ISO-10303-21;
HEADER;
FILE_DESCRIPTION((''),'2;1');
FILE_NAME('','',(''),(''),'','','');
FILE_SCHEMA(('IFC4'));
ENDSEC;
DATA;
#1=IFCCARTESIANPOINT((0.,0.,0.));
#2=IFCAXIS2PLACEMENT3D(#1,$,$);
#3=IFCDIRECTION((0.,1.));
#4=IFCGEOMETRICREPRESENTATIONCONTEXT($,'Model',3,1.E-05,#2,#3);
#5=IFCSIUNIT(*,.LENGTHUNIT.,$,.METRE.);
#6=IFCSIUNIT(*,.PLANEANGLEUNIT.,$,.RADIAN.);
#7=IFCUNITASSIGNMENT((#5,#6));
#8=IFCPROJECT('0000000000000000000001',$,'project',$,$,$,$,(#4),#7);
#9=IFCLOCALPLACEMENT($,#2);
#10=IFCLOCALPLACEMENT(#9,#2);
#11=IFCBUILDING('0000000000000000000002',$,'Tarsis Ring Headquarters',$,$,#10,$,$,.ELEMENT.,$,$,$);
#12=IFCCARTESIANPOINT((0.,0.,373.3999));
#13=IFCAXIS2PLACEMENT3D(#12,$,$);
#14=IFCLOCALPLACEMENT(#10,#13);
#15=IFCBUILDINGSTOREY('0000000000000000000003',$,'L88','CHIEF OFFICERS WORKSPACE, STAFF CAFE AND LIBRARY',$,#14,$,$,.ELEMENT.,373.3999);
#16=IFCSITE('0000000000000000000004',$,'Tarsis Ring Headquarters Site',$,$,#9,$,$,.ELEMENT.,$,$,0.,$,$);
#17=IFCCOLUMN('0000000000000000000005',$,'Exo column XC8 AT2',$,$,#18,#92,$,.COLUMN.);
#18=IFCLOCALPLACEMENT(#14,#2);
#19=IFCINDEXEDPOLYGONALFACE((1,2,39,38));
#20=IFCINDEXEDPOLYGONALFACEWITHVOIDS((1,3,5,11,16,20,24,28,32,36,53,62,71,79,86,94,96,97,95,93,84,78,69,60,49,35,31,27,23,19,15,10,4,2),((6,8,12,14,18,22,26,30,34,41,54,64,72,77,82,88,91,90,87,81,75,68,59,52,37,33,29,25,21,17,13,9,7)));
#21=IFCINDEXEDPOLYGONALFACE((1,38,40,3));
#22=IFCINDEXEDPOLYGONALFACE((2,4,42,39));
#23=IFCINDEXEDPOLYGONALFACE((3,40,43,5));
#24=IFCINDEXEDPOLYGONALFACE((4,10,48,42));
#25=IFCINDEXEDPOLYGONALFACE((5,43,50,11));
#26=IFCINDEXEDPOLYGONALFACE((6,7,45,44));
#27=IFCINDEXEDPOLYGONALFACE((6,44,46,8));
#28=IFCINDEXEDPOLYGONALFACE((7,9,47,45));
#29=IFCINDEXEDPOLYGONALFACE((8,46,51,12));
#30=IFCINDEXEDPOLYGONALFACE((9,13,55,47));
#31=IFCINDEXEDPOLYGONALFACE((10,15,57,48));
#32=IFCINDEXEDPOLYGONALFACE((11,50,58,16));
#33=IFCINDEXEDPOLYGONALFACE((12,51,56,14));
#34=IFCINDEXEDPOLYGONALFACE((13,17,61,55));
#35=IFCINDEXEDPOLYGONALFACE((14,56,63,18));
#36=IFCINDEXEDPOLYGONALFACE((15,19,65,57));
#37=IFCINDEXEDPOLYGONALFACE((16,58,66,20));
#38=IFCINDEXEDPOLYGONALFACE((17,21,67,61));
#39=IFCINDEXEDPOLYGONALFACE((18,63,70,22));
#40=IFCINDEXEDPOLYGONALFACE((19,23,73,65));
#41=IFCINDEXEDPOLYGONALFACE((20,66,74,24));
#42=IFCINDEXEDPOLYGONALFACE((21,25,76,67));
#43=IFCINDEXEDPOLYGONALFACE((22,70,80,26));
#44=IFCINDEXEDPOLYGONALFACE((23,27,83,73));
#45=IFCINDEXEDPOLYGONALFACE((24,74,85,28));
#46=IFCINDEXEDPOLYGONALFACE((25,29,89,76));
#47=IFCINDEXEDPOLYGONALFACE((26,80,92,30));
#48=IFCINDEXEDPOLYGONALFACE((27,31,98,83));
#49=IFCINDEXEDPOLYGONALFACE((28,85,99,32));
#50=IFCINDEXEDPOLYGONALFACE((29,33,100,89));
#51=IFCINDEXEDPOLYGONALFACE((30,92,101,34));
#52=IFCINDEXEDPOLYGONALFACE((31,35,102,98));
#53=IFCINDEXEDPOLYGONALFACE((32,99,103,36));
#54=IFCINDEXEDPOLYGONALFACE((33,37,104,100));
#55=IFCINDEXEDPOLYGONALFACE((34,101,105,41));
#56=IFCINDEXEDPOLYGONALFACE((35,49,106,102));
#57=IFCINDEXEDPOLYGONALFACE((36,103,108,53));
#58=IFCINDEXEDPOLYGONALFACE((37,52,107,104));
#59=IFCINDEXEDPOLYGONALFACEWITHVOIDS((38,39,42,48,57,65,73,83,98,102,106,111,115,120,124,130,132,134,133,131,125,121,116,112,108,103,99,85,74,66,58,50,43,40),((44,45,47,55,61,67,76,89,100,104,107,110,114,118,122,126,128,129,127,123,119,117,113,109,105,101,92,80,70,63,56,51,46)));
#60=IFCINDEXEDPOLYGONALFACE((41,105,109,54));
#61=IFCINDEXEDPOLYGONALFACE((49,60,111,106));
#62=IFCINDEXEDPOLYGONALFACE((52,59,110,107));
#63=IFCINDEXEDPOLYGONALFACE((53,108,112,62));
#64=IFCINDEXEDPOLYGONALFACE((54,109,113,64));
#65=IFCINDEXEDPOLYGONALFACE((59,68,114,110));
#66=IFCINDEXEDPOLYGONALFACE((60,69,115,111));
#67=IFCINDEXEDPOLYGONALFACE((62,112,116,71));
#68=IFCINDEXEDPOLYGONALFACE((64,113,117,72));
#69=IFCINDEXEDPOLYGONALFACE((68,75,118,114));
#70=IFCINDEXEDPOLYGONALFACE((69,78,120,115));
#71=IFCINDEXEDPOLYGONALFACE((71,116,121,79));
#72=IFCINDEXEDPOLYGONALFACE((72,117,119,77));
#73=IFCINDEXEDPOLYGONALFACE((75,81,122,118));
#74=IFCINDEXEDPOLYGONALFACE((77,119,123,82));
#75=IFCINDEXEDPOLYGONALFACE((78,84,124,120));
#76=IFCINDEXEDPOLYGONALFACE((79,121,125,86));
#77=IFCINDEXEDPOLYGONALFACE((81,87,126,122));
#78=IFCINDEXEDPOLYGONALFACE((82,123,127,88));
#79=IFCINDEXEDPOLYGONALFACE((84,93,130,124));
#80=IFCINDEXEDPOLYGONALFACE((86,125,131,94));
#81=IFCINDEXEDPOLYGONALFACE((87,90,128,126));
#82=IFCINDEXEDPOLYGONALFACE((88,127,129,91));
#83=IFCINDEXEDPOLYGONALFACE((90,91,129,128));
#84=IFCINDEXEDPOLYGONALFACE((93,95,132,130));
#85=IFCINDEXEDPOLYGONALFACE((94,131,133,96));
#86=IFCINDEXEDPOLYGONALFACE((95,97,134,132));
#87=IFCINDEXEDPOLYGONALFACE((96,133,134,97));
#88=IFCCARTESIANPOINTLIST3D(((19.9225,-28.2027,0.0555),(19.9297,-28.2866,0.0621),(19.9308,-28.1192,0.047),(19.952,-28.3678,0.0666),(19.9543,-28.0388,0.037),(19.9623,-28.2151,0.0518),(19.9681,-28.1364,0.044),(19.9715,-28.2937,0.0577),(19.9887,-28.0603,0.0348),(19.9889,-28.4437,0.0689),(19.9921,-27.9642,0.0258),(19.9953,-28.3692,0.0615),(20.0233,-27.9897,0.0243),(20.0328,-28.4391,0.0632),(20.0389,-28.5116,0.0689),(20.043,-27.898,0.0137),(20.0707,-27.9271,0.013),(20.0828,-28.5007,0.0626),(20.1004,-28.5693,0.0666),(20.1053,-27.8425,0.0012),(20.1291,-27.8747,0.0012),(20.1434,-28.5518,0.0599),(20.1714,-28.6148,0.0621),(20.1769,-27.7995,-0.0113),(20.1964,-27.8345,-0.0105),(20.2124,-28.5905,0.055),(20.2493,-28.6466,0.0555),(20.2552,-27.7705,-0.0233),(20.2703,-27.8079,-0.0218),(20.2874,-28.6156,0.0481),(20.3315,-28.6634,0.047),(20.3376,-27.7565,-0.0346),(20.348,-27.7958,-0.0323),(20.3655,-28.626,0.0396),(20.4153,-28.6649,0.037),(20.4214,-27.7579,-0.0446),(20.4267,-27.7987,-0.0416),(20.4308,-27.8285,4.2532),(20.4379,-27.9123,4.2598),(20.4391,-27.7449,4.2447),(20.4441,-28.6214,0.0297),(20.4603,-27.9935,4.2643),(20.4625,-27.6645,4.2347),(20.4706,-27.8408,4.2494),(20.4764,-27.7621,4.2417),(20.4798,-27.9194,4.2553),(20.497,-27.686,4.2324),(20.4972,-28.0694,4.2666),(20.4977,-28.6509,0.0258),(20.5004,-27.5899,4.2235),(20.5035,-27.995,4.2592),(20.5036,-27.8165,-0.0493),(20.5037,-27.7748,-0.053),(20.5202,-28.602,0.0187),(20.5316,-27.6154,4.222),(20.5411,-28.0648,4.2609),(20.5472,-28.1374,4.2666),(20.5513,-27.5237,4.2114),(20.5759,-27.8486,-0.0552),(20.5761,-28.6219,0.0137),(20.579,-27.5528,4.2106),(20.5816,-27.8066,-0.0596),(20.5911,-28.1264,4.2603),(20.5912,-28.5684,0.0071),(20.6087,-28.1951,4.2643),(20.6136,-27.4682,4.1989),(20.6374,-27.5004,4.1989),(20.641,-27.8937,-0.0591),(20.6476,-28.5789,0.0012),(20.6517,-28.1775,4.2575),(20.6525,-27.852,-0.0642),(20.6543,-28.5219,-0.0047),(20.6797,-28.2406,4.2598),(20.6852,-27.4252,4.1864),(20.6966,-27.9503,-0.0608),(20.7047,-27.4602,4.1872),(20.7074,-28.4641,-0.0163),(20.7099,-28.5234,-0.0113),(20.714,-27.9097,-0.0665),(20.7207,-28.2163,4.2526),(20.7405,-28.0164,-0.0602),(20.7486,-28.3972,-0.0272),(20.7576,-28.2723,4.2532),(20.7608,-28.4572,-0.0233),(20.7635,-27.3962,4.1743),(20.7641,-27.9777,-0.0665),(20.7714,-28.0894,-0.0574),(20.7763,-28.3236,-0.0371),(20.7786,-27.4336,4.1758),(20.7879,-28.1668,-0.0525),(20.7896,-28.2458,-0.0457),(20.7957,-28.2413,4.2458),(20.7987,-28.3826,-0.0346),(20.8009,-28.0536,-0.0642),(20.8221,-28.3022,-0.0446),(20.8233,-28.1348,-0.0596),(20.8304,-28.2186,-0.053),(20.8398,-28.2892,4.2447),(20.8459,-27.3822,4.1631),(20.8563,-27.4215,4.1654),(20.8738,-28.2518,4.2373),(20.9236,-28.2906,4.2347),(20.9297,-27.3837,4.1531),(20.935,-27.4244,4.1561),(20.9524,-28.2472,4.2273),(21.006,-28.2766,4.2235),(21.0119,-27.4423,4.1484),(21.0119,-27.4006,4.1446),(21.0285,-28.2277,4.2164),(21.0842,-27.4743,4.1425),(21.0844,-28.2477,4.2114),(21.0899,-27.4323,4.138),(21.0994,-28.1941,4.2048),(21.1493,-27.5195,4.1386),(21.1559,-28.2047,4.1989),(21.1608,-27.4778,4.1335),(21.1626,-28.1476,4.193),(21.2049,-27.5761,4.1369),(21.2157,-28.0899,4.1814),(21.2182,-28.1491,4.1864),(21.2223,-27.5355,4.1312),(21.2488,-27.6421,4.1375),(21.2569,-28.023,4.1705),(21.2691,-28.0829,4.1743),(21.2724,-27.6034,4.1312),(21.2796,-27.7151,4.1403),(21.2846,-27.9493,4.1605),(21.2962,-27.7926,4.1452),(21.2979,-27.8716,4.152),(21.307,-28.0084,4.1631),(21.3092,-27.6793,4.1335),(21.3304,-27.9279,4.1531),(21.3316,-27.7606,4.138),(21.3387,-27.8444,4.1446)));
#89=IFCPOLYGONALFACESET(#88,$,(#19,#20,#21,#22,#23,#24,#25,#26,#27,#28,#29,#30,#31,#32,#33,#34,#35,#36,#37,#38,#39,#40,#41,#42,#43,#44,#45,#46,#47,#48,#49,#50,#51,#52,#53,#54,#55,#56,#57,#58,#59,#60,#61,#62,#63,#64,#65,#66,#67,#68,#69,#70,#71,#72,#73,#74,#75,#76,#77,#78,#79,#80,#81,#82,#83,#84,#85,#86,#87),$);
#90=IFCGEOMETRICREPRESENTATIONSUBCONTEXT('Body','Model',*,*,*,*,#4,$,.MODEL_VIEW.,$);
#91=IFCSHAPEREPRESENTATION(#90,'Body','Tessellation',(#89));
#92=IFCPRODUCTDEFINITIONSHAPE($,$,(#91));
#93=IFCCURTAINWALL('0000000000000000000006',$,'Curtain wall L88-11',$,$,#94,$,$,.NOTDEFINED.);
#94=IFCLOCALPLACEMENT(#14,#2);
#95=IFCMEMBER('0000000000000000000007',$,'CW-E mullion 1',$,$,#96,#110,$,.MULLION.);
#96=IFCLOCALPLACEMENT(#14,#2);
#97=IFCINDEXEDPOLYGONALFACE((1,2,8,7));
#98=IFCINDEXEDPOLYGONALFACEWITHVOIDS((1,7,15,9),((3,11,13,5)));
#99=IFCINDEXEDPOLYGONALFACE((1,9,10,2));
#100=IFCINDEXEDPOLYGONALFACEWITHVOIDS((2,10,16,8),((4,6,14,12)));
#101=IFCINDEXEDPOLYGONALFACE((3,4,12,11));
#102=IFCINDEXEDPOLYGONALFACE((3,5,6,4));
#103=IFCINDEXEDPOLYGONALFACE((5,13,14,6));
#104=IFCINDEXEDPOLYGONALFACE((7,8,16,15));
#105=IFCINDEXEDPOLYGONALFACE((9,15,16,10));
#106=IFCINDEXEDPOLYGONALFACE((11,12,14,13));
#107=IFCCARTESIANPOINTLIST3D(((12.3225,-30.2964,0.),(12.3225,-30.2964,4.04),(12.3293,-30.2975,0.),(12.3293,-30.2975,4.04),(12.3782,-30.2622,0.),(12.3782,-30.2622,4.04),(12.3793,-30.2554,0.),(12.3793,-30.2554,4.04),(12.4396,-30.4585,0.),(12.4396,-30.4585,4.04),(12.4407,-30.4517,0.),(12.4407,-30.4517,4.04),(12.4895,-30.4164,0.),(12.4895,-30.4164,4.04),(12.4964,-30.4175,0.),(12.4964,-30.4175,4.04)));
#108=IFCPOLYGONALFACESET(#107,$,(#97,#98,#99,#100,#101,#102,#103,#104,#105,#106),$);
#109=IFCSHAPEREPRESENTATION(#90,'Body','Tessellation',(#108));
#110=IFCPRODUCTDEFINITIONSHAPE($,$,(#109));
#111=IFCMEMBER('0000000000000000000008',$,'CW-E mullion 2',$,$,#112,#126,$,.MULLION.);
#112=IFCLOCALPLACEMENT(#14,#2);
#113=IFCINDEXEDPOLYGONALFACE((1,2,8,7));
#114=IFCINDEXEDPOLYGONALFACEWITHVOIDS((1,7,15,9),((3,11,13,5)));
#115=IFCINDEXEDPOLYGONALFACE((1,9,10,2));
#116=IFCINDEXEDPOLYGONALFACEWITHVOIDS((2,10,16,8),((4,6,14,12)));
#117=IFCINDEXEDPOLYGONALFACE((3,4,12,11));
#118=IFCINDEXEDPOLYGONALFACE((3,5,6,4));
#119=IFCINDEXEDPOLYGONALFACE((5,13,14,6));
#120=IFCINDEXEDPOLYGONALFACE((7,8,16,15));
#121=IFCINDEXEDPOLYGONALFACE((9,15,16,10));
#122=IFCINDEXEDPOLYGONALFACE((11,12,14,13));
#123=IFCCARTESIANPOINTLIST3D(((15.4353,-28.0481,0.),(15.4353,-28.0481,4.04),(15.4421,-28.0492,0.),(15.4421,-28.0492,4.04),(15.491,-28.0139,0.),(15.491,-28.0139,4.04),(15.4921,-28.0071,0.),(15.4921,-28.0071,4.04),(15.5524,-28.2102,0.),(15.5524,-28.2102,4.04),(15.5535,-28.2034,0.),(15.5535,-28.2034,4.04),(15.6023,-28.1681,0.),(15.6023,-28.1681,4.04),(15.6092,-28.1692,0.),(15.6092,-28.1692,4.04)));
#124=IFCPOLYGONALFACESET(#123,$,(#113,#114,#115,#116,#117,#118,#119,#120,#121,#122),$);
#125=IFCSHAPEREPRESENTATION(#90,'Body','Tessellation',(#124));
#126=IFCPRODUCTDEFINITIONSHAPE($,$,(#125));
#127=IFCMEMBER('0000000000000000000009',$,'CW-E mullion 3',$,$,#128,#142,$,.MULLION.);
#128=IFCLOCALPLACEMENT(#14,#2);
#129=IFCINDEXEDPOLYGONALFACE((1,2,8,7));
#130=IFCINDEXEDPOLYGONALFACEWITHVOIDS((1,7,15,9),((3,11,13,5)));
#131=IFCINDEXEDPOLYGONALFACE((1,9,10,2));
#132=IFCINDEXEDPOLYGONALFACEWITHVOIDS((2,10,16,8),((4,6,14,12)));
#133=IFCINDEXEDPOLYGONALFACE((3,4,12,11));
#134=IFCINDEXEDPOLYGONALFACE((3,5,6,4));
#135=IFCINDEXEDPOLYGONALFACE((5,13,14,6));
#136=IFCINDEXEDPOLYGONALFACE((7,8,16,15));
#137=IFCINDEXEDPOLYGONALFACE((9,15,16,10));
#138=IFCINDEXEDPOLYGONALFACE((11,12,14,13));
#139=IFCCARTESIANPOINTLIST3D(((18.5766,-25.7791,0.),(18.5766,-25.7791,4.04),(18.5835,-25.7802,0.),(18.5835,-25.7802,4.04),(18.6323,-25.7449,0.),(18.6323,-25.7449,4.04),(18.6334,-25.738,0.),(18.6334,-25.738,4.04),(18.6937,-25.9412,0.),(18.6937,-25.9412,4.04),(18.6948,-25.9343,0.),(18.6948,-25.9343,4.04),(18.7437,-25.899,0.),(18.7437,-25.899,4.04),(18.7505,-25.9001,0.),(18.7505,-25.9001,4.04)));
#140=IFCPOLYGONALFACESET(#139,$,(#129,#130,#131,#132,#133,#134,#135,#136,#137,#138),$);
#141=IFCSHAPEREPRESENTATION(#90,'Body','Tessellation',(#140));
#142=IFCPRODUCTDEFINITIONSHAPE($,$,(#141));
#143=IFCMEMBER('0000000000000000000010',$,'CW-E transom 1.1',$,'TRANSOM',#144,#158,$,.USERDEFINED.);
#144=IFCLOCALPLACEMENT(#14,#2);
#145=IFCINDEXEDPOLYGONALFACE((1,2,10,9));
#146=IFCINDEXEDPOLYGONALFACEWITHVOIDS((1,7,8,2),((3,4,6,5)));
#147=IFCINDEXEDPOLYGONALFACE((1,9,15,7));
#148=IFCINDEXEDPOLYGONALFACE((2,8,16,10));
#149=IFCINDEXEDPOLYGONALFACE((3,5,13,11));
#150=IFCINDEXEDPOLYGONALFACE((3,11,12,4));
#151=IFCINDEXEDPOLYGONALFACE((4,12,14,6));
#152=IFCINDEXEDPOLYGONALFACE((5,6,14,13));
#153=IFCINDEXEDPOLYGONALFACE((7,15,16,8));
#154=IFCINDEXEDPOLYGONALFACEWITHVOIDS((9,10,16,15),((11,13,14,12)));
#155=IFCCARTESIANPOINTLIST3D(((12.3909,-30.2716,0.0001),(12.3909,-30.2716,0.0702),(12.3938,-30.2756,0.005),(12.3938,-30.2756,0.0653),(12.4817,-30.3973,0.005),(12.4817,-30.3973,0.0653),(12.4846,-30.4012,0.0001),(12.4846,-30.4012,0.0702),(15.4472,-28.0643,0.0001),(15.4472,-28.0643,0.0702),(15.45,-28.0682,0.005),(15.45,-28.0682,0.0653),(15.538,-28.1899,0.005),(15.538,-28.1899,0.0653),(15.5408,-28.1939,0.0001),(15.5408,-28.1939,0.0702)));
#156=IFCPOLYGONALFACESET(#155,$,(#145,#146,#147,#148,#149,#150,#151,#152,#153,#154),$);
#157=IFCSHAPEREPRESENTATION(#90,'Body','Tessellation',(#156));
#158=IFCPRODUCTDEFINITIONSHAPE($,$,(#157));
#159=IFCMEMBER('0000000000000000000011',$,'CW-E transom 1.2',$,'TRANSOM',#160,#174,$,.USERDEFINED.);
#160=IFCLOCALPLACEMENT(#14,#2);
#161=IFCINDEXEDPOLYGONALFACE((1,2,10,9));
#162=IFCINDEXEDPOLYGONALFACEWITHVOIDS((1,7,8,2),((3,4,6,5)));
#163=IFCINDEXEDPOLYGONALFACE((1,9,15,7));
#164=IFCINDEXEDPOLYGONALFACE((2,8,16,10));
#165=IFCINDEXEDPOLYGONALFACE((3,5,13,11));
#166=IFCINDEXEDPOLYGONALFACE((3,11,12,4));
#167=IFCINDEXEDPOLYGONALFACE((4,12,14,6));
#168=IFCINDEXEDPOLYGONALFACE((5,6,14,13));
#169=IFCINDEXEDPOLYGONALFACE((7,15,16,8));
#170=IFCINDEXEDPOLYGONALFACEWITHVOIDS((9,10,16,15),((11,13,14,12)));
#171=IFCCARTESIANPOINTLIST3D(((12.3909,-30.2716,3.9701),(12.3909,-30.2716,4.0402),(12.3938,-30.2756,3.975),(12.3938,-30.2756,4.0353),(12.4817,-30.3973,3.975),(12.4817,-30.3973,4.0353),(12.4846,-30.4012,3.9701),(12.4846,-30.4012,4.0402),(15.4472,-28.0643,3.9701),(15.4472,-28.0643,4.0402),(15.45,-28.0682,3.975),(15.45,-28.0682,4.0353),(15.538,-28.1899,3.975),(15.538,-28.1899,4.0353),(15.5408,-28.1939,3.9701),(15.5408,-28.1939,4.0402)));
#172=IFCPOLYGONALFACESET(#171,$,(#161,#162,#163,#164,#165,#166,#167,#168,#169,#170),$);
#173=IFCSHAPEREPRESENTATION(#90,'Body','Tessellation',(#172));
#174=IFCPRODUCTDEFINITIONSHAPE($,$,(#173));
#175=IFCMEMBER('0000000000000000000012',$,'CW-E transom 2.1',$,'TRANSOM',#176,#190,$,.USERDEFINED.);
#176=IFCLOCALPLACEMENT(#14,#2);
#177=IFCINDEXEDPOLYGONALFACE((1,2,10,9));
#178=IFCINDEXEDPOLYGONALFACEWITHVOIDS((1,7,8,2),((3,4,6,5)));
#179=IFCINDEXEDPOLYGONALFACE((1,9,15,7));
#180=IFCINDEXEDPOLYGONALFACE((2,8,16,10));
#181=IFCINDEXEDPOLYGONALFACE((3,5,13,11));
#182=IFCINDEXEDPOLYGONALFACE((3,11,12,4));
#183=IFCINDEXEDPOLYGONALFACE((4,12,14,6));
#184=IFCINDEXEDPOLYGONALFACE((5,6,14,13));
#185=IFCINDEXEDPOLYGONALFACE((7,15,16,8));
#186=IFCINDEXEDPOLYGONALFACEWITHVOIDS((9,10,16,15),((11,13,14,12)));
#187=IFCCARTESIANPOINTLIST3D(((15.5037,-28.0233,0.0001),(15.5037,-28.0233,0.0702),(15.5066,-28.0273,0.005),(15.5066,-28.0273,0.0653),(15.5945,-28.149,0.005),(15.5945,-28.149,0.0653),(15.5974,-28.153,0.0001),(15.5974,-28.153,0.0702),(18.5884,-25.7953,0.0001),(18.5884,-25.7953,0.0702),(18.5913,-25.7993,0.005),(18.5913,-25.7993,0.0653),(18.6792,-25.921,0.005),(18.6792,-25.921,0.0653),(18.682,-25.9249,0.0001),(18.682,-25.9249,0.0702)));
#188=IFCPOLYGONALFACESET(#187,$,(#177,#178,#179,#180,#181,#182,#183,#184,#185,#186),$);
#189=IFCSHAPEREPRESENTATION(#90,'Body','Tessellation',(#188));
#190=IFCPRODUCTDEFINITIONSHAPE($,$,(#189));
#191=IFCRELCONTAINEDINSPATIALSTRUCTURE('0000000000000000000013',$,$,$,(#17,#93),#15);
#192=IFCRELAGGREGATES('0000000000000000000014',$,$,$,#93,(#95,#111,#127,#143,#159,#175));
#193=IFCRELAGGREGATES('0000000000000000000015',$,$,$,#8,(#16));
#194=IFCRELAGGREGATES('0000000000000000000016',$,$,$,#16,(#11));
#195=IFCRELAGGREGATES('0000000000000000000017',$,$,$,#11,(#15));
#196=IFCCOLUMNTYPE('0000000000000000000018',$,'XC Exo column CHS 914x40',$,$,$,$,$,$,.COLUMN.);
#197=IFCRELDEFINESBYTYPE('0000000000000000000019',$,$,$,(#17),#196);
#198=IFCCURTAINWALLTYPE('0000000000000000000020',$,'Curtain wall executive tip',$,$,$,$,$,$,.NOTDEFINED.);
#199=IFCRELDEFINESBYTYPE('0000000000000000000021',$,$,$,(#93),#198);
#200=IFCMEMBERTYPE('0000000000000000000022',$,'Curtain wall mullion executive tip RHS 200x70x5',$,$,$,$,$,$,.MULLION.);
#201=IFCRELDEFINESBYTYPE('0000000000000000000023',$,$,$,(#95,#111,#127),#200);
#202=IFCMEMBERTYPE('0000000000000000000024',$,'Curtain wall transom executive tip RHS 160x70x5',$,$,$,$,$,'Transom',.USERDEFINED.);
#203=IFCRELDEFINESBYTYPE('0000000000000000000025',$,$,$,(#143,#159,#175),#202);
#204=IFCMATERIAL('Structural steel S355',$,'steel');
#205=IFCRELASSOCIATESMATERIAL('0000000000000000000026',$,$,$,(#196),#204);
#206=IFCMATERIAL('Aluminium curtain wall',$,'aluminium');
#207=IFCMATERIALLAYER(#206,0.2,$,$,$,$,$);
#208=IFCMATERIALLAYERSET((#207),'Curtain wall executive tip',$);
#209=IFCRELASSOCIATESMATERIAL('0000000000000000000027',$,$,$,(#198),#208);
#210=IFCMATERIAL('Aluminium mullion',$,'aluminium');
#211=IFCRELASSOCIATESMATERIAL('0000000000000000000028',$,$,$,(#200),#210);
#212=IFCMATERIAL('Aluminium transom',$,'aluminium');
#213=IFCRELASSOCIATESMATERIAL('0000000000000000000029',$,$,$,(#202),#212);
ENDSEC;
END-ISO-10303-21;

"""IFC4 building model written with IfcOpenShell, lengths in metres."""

from ifc_helpers import new_model, si_unit, direction, frame, origin, origin_2d, place, context, subcontext, project, spatial, hollow_rectangle, hollow_circle, extrude, material, layer, layer_set, material_profile, profile_set, type_object, element, aggregate, save


model = new_model("IFC4")

# Units and contexts
model_context = context("Model", 3, precision=1e-05, world=origin(), true_north=direction((0.0, 1.0)))
body_context = subcontext(model_context, "Body", "Model", "MODEL_VIEW")
ifc_project = project(units=[si_unit("LENGTHUNIT", "METRE"), si_unit("PLANEANGLEUNIT", "RADIAN")], contexts=[model_context])

# Site, building, storey
site_placement = place(None, origin())
site = spatial("IfcSite", under=ifc_project, at=site_placement, Name="Tarsis Ring Headquarters Site", CompositionType="ELEMENT", RefElevation=0.0)
building_placement = place(site_placement, origin())
building = spatial("IfcBuilding", under=site, at=building_placement, Name="Tarsis Ring Headquarters", CompositionType="ELEMENT")
storey_placement = place(building_placement, frame((0.0, 0.0, 373.3999)))
storey = spatial("IfcBuildingStorey", under=building, at=storey_placement, Name="L88", Description="CHIEF OFFICERS WORKSPACE, STAFF CAFE AND LIBRARY", CompositionType="ELEMENT", Elevation=373.3999)

# Column
ifc_material_1 = material(Name="Structural steel S355", Category="steel")
ifc_material_profile_1 = material_profile(ifc_material_1, hollow_circle(Radius=0.457, WallThickness=0.04, at=origin_2d()), Name="CHS 914x40")
ifc_profile_set_1 = profile_set([ifc_material_profile_1], Name="Structural steel S355")
column_type = type_object("IfcColumnType", Name="XC Exo column CHS 914x40", PredefinedType="COLUMN", material=ifc_profile_set_1)
column_placement = place(storey_placement, frame((20.3765, -28.2107, 0.0012), z_axis=(0.119743, 0.088168, 0.988882), x_axis=(-0.592922, 0.80526, 0.0)))
element("IfcColumn", 1, at=column_placement, inside=storey, type_object=column_type, Name="Exo column XC8 AT2", PredefinedType="COLUMN", context=body_context, shape_type="SweptSolid", body=[
    extrude(hollow_circle(Radius=0.4573, WallThickness=0.04, at=origin_2d()), origin(), (0.0, 0.0, 1.0), 4.2449),
])

# Curtain wall, members
ifc_material_2 = material(Name="Aluminium curtain wall", Category="aluminium")
ifc_layer_1 = layer(ifc_material_2, 0.2)
ifc_layer_set_1 = layer_set([ifc_layer_1], Name="Curtain wall executive tip")
curtain_wall_type = type_object("IfcCurtainWallType", Name="Curtain wall executive tip", PredefinedType="NOTDEFINED", material=ifc_layer_set_1)
curtain_wall_placement = place(storey_placement, origin())
curtain_wall = element("IfcCurtainWall", 2, at=curtain_wall_placement, inside=storey, type_object=curtain_wall_type, Name="Curtain wall L88-11", PredefinedType="NOTDEFINED")
ifc_material_3 = material(Name="Aluminium mullion", Category="aluminium")
ifc_material_profile_2 = material_profile(ifc_material_3, hollow_rectangle(XDim=0.2, YDim=0.0701, WallThickness=0.0049, at=origin_2d()), Name="RHS 200x70x5")
ifc_profile_set_2 = profile_set([ifc_material_profile_2], Name="Aluminium mullion")
member_type_1 = type_object("IfcMemberType", Name="Curtain wall mullion executive tip RHS 200x70x5", PredefinedType="MULLION", material=ifc_profile_set_2)
member_1_placement = place(storey_placement, frame((12.4094, -30.3569, 0.0), z_axis=(0.0, 0.0, 1.0), x_axis=(-0.585524, 0.810655, 0.0)))
member_1 = element("IfcMember", 3, at=member_1_placement, type_object=member_type_1, Name="CW-E mullion 1", PredefinedType="MULLION", context=body_context, shape_type="SweptSolid", body=[
    extrude(hollow_rectangle(XDim=0.2, YDim=0.0701, WallThickness=0.0049, at=origin_2d()), origin(), (0.0, 0.0, 1.0), 4.04),
])
member_2_placement = place(storey_placement, frame((15.5222, -28.1086, 0.0), z_axis=(0.0, 0.0, 1.0), x_axis=(-0.585524, 0.810655, 0.0)))
member_2 = element("IfcMember", 4, at=member_2_placement, type_object=member_type_1, Name="CW-E mullion 2", PredefinedType="MULLION", context=body_context, shape_type="SweptSolid", body=[
    extrude(hollow_rectangle(XDim=0.2, YDim=0.0701, WallThickness=0.0049, at=origin_2d()), origin(), (0.0, 0.0, 1.0), 4.04),
])
member_3_placement = place(storey_placement, frame((18.6636, -25.8396, 0.0), z_axis=(0.0, 0.0, 1.0), x_axis=(-0.585524, 0.810655, 0.0)))
member_3 = element("IfcMember", 5, at=member_3_placement, type_object=member_type_1, Name="CW-E mullion 3", PredefinedType="MULLION", context=body_context, shape_type="SweptSolid", body=[
    extrude(hollow_rectangle(XDim=0.2, YDim=0.0701, WallThickness=0.0049, at=origin_2d()), origin(), (0.0, 0.0, 1.0), 4.04),
])
ifc_material_4 = material(Name="Aluminium transom", Category="aluminium")
ifc_material_profile_3 = material_profile(ifc_material_4, hollow_rectangle(XDim=0.1599, YDim=0.0701, WallThickness=0.0049, at=origin_2d()), Name="RHS 160x70x5")
ifc_profile_set_3 = profile_set([ifc_material_profile_3], Name="Aluminium transom")
member_type_2 = type_object("IfcMemberType", Name="Curtain wall transom executive tip RHS 160x70x5", ElementType="Transom", PredefinedType="USERDEFINED", material=ifc_profile_set_3)
member_4_placement = place(storey_placement, frame((12.4377, -30.3364, 0.0352), z_axis=(0.810672, 0.5855, 0.0), x_axis=(-0.5855, 0.810672, 0.0)))
member_4 = element("IfcMember", 6, at=member_4_placement, type_object=member_type_2, Name="CW-E transom 1.1", ObjectType="TRANSOM", PredefinedType="USERDEFINED", context=body_context, shape_type="SweptSolid", body=[
    extrude(hollow_rectangle(XDim=0.1599, YDim=0.0701, WallThickness=0.0049, at=origin_2d()), origin(), (0.0, 0.0, 1.0), 3.77),
])
member_5_placement = place(storey_placement, frame((12.4377, -30.3364, 4.0051), z_axis=(0.810672, 0.5855, 0.0), x_axis=(-0.5855, 0.810672, 0.0)))
member_5 = element("IfcMember", 7, at=member_5_placement, type_object=member_type_2, Name="CW-E transom 1.2", ObjectType="TRANSOM", PredefinedType="USERDEFINED", context=body_context, shape_type="SweptSolid", body=[
    extrude(hollow_rectangle(XDim=0.1599, YDim=0.0701, WallThickness=0.0049, at=origin_2d()), origin(), (0.0, 0.0, 1.0), 3.77),
])
member_6_placement = place(storey_placement, frame((15.5505, -28.0881, 0.0352), z_axis=(0.810657, 0.585521, 0.0), x_axis=(-0.585521, 0.810657, 0.0)))
member_6 = element("IfcMember", 8, at=member_6_placement, type_object=member_type_2, Name="CW-E transom 2.1", ObjectType="TRANSOM", PredefinedType="USERDEFINED", context=body_context, shape_type="SweptSolid", body=[
    extrude(hollow_rectangle(XDim=0.1599, YDim=0.0701, WallThickness=0.0049, at=origin_2d()), origin(), (0.0, 0.0, 1.0), 3.8052),
])

aggregate(curtain_wall, [member_1, member_2, member_3, member_4, member_5, member_6])

save(model, "model.ifc")
